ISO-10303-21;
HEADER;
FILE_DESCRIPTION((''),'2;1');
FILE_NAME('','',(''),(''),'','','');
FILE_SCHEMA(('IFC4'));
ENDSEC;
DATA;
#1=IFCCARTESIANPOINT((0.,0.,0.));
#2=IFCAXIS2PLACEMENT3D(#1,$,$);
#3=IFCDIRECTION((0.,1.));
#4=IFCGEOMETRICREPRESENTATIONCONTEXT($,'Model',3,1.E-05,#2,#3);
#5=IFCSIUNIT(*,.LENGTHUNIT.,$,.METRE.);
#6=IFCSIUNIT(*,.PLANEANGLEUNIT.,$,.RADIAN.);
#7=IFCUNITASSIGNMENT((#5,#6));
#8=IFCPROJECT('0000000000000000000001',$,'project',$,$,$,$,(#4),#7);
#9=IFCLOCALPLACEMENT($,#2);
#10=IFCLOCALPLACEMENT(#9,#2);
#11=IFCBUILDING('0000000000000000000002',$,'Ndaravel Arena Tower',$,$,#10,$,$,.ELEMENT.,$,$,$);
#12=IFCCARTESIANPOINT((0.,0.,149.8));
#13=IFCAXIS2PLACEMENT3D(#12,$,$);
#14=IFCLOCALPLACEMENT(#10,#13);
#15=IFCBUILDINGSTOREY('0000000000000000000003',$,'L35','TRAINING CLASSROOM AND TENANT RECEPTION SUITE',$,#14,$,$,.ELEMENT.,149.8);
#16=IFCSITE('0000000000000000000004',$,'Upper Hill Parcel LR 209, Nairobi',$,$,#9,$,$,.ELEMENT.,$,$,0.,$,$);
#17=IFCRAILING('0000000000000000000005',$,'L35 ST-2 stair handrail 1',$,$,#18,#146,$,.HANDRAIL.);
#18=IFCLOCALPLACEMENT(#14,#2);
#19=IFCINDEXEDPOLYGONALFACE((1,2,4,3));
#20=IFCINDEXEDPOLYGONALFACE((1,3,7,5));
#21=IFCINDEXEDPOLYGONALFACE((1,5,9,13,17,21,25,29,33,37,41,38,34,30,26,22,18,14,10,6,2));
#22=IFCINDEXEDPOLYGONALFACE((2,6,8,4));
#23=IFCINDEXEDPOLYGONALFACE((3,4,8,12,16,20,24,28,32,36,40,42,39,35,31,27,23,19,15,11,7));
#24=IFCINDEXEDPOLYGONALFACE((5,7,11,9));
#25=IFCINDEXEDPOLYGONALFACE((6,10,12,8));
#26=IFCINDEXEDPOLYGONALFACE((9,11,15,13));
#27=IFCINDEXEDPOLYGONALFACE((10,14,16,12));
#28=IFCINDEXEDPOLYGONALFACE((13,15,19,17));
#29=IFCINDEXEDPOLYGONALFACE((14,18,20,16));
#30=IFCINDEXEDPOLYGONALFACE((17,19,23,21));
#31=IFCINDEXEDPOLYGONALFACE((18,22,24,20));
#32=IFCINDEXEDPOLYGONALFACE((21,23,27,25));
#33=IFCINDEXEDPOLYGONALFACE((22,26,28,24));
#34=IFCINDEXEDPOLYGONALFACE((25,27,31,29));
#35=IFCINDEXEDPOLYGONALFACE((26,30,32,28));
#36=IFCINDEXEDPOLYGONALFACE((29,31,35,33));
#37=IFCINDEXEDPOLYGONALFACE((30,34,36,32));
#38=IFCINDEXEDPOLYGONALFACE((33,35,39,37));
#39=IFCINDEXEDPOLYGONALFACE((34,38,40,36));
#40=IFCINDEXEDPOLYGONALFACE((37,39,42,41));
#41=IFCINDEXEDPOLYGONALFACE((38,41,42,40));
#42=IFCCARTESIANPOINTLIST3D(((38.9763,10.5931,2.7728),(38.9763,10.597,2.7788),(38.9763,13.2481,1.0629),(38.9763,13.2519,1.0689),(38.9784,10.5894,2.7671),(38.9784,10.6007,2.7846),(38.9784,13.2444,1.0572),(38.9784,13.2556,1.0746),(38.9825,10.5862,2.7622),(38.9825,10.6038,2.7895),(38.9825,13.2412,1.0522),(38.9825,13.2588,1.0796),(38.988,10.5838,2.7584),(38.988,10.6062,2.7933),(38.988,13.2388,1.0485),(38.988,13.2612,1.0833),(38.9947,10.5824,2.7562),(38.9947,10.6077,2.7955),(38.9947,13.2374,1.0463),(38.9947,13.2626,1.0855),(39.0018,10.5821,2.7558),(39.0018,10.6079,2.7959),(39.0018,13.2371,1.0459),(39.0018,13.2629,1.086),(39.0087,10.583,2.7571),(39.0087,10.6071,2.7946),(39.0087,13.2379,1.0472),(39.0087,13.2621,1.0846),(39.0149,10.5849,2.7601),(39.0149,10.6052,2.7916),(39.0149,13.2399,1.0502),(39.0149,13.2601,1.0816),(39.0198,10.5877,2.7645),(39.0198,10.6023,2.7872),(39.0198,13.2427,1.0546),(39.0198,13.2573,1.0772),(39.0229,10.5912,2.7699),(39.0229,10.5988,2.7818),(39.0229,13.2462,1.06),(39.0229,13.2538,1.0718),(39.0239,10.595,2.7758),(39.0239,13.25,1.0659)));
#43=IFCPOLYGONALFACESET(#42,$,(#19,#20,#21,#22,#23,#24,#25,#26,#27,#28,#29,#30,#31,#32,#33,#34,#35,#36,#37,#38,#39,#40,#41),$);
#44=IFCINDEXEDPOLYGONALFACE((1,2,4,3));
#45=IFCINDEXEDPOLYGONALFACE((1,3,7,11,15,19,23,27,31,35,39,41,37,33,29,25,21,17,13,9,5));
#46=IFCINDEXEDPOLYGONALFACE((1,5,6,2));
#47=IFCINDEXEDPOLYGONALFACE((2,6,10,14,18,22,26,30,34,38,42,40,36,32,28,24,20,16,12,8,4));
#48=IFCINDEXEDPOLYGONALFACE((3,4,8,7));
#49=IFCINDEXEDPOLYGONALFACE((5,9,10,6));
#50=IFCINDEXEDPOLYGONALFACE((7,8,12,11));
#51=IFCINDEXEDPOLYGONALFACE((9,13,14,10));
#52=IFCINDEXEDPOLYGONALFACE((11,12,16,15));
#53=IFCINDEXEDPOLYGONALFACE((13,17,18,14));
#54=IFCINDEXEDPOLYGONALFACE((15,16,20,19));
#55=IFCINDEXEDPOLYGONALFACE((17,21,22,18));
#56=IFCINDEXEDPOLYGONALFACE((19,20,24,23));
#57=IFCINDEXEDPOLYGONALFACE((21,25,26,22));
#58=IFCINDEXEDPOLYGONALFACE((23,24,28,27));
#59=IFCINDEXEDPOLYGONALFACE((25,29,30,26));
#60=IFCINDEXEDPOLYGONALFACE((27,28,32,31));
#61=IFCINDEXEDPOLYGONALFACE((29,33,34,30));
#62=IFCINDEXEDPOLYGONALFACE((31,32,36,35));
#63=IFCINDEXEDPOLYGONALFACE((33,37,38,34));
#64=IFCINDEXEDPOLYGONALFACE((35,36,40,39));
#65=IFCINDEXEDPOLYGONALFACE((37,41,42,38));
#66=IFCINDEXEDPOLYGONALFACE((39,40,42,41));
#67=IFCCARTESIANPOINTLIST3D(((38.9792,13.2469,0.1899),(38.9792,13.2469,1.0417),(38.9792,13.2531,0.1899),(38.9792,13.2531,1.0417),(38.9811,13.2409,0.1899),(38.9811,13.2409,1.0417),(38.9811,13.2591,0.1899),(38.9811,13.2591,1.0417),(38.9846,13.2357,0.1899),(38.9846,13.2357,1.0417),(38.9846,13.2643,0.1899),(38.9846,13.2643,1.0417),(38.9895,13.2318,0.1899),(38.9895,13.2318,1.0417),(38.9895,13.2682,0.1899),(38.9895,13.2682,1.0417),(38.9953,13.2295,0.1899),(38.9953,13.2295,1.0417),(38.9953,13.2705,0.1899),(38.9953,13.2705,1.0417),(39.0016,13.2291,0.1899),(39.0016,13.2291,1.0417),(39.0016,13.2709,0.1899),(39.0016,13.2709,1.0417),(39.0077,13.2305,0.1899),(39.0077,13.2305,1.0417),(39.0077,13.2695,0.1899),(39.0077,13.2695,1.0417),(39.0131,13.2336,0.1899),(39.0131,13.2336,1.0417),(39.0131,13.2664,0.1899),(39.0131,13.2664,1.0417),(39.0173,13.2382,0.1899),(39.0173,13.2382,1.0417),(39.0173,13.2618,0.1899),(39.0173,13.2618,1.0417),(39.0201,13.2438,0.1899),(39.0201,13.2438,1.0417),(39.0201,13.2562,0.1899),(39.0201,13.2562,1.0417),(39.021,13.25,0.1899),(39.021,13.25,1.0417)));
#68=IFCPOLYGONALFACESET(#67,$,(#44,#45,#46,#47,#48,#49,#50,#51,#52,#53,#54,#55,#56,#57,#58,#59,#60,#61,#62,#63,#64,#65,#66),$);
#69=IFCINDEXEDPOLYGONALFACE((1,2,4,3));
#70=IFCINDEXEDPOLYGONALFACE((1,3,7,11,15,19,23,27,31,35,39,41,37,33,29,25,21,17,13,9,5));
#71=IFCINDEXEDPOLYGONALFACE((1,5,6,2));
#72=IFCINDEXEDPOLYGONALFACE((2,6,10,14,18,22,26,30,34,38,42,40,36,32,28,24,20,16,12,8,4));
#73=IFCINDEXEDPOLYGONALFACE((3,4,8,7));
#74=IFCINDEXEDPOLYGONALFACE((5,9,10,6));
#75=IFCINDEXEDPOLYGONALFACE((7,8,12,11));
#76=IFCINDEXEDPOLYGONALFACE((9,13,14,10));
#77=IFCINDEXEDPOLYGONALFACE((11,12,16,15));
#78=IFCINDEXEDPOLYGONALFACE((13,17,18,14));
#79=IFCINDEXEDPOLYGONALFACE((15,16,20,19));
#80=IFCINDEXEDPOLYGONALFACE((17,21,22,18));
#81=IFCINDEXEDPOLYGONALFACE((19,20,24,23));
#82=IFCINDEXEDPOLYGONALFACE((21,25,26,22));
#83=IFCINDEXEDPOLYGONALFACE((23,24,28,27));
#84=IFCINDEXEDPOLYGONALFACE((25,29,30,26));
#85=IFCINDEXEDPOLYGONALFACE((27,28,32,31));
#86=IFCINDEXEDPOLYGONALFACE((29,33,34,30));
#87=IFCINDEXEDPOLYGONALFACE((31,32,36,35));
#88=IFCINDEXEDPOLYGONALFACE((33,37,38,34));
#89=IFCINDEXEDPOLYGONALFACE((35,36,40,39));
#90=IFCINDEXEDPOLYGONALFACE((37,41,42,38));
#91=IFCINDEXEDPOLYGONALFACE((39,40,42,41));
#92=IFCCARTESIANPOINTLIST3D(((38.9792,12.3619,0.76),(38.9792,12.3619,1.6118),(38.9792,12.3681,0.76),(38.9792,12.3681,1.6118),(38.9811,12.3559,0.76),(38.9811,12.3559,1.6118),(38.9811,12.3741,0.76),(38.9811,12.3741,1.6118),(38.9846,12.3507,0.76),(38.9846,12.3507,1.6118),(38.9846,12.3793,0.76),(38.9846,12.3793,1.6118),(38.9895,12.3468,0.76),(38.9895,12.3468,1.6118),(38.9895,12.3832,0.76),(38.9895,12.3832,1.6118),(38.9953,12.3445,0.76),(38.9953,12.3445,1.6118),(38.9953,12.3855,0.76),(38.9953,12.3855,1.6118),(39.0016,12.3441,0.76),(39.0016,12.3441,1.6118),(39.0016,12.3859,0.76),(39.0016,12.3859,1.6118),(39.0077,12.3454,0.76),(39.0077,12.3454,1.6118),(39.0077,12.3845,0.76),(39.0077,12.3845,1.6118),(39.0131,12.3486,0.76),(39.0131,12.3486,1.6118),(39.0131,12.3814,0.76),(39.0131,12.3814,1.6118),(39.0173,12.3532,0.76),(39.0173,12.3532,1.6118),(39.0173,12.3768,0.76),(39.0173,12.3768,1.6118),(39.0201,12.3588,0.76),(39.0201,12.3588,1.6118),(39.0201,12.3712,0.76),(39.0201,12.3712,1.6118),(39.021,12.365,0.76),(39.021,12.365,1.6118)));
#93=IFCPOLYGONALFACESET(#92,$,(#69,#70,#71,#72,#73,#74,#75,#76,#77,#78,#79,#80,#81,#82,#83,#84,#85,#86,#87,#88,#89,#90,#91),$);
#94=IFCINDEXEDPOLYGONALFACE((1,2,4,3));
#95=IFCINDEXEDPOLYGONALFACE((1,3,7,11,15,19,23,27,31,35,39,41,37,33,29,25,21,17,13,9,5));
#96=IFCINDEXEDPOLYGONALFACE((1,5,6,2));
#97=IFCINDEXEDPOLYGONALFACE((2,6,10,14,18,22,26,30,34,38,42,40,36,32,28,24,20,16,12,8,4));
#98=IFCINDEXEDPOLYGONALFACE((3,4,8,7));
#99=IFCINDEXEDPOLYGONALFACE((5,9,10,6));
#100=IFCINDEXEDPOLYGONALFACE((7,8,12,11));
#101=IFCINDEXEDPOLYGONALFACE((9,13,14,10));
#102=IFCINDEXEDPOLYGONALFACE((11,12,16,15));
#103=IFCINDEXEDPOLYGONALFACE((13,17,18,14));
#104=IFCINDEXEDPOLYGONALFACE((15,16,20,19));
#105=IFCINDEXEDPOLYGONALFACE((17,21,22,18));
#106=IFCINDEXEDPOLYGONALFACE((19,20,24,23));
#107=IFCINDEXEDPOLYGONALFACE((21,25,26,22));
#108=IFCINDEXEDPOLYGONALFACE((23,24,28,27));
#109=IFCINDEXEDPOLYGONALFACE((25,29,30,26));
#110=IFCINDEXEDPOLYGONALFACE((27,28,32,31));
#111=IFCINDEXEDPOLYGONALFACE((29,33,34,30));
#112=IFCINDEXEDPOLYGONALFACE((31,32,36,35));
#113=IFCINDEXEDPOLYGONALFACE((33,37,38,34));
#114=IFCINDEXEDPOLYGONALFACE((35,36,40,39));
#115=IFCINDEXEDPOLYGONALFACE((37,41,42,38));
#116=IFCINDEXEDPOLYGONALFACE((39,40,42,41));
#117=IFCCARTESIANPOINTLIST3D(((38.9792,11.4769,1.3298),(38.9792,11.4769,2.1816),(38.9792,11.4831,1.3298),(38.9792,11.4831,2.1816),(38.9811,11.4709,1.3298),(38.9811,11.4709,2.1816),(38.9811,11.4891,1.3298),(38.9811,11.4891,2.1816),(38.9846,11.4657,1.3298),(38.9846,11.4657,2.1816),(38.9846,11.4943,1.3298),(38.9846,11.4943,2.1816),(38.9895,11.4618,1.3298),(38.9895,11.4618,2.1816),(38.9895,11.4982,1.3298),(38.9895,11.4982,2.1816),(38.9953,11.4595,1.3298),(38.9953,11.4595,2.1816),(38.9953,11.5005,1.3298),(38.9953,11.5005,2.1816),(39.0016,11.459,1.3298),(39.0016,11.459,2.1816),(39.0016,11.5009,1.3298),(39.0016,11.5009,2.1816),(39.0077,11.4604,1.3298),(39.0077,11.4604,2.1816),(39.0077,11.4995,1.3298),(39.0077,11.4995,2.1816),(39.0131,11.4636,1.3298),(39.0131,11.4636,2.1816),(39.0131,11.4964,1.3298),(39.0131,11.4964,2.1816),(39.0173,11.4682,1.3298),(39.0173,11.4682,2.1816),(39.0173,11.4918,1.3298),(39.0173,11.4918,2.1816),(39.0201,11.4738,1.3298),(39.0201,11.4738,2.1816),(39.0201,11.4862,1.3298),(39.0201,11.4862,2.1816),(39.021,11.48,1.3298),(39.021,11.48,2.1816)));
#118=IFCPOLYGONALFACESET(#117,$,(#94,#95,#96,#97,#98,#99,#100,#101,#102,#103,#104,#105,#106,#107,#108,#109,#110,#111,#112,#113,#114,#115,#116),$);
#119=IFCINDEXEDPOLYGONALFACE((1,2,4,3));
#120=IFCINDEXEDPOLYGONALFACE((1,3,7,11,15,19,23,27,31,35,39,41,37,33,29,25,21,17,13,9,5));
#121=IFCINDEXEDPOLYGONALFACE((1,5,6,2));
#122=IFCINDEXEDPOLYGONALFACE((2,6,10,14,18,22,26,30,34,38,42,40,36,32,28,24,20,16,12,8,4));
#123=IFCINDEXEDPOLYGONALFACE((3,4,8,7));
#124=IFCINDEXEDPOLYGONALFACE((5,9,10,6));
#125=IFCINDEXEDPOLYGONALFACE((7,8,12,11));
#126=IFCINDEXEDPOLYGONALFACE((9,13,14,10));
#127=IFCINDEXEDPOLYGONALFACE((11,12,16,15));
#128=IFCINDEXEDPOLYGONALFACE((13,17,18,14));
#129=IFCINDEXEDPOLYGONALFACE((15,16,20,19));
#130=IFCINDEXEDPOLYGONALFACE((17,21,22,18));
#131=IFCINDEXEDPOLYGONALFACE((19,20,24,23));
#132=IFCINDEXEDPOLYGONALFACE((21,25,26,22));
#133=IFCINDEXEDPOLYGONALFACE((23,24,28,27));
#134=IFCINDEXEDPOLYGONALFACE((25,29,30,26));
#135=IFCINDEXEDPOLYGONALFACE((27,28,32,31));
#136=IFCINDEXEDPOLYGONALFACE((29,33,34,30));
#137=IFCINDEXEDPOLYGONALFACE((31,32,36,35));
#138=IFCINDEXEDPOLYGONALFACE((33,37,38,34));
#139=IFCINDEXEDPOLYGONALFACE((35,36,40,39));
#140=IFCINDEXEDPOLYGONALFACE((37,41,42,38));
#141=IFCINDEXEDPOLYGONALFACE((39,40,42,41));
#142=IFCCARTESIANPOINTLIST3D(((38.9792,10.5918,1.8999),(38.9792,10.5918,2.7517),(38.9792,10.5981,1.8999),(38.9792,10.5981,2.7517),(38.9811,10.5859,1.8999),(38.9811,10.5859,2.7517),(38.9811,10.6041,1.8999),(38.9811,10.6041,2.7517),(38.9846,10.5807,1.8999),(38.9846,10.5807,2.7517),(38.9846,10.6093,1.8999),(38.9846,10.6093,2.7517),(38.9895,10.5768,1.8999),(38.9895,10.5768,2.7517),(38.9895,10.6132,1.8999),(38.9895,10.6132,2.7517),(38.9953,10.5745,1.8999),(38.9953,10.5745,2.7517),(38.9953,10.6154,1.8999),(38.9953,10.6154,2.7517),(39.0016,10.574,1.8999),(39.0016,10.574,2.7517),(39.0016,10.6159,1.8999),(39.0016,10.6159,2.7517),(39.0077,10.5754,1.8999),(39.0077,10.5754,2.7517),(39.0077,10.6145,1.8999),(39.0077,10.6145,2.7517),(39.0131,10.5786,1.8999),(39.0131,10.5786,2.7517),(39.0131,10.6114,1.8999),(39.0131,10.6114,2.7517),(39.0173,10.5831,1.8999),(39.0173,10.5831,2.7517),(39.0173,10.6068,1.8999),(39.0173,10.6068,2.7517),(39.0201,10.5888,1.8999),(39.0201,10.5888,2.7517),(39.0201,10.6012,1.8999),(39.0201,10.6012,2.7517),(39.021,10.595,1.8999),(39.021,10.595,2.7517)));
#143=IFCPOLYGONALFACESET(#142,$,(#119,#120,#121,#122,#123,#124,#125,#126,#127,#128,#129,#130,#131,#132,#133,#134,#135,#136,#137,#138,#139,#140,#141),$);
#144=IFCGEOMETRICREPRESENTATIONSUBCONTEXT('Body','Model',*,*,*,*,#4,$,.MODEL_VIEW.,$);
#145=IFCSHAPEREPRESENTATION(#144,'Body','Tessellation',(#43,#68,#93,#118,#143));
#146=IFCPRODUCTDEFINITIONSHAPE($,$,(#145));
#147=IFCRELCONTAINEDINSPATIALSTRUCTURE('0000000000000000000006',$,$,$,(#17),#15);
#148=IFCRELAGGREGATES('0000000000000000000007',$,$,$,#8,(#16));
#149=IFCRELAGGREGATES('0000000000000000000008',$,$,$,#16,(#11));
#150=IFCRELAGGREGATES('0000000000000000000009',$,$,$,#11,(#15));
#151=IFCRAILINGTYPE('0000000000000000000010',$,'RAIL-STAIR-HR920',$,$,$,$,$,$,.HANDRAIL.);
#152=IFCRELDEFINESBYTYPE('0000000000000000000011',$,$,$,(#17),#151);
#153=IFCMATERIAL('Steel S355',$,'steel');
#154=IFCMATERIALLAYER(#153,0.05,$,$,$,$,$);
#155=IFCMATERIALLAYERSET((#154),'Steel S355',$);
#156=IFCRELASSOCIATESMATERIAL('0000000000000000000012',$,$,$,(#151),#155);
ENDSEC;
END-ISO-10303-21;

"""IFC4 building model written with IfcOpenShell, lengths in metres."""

from ifc_helpers import new_model, si_unit, direction, frame, origin, origin_2d, place, context, subcontext, project, spatial, circle, extrude, material, layer, layer_set, type_object, element, save


model = new_model("IFC4")

# Units and contexts
model_context = context("Model", 3, precision=1e-05, world=origin(), true_north=direction((0.0, 1.0)))
body_context = subcontext(model_context, "Body", "Model", "MODEL_VIEW")
ifc_project = project(units=[si_unit("LENGTHUNIT", "METRE"), si_unit("PLANEANGLEUNIT", "RADIAN")], contexts=[model_context])

# Site, building, storey
site_placement = place(None, origin())
site = spatial("IfcSite", under=ifc_project, at=site_placement, Name="Upper Hill Parcel LR 209, Nairobi", CompositionType="ELEMENT", RefElevation=0.0)
building_placement = place(site_placement, origin())
building = spatial("IfcBuilding", under=site, at=building_placement, Name="Ndaravel Arena Tower", CompositionType="ELEMENT")
storey_placement = place(building_placement, frame((0.0, 0.0, 149.8)))
storey = spatial("IfcBuildingStorey", under=building, at=storey_placement, Name="L35", Description="TRAINING CLASSROOM AND TENANT RECEPTION SUITE", CompositionType="ELEMENT", Elevation=149.8)

# Railing
ifc_material_1 = material(Name="Steel S355", Category="steel")
ifc_layer_1 = layer(ifc_material_1, 0.05)
ifc_layer_set_1 = layer_set([ifc_layer_1], Name="Steel S355")
railing_type_1 = type_object("IfcRailingType", Name="RAIL-STAIR-HR920", PredefinedType="HANDRAIL", material=ifc_layer_set_1)
railing_1_placement = place(storey_placement, frame((39.0, 13.25, 0.1899)))
element("IfcRailing", 1, at=railing_1_placement, inside=storey, type_object=railing_type_1, Name="L35 ST-2 stair handrail 1", PredefinedType="HANDRAIL", context=body_context, shape_type="SweptSolid", body=[
    extrude(circle(Radius=0.0239, at=origin_2d()), frame((0.0, 0.0, 0.876), z_axis=(0.0, -0.840724, 0.541465), x_axis=(1.0, 0.0, 0.0)), (0.0, 0.0, 1.0), 3.158),
    extrude(circle(Radius=0.021, at=origin_2d()), origin(), (0.0, 0.0, 1.0), 0.8518),
    extrude(circle(Radius=0.021, at=origin_2d()), frame((0.0, -0.885, 0.5701)), (0.0, 0.0, 1.0), 0.8518),
    extrude(circle(Radius=0.021, at=origin_2d()), frame((0.0, -1.77, 1.1399)), (0.0, 0.0, 1.0), 0.8518),
    extrude(circle(Radius=0.021, at=origin_2d()), frame((0.0, -2.655, 1.71)), (0.0, 0.0, 1.0), 0.8518),
])

save(model, "model.ifc")
